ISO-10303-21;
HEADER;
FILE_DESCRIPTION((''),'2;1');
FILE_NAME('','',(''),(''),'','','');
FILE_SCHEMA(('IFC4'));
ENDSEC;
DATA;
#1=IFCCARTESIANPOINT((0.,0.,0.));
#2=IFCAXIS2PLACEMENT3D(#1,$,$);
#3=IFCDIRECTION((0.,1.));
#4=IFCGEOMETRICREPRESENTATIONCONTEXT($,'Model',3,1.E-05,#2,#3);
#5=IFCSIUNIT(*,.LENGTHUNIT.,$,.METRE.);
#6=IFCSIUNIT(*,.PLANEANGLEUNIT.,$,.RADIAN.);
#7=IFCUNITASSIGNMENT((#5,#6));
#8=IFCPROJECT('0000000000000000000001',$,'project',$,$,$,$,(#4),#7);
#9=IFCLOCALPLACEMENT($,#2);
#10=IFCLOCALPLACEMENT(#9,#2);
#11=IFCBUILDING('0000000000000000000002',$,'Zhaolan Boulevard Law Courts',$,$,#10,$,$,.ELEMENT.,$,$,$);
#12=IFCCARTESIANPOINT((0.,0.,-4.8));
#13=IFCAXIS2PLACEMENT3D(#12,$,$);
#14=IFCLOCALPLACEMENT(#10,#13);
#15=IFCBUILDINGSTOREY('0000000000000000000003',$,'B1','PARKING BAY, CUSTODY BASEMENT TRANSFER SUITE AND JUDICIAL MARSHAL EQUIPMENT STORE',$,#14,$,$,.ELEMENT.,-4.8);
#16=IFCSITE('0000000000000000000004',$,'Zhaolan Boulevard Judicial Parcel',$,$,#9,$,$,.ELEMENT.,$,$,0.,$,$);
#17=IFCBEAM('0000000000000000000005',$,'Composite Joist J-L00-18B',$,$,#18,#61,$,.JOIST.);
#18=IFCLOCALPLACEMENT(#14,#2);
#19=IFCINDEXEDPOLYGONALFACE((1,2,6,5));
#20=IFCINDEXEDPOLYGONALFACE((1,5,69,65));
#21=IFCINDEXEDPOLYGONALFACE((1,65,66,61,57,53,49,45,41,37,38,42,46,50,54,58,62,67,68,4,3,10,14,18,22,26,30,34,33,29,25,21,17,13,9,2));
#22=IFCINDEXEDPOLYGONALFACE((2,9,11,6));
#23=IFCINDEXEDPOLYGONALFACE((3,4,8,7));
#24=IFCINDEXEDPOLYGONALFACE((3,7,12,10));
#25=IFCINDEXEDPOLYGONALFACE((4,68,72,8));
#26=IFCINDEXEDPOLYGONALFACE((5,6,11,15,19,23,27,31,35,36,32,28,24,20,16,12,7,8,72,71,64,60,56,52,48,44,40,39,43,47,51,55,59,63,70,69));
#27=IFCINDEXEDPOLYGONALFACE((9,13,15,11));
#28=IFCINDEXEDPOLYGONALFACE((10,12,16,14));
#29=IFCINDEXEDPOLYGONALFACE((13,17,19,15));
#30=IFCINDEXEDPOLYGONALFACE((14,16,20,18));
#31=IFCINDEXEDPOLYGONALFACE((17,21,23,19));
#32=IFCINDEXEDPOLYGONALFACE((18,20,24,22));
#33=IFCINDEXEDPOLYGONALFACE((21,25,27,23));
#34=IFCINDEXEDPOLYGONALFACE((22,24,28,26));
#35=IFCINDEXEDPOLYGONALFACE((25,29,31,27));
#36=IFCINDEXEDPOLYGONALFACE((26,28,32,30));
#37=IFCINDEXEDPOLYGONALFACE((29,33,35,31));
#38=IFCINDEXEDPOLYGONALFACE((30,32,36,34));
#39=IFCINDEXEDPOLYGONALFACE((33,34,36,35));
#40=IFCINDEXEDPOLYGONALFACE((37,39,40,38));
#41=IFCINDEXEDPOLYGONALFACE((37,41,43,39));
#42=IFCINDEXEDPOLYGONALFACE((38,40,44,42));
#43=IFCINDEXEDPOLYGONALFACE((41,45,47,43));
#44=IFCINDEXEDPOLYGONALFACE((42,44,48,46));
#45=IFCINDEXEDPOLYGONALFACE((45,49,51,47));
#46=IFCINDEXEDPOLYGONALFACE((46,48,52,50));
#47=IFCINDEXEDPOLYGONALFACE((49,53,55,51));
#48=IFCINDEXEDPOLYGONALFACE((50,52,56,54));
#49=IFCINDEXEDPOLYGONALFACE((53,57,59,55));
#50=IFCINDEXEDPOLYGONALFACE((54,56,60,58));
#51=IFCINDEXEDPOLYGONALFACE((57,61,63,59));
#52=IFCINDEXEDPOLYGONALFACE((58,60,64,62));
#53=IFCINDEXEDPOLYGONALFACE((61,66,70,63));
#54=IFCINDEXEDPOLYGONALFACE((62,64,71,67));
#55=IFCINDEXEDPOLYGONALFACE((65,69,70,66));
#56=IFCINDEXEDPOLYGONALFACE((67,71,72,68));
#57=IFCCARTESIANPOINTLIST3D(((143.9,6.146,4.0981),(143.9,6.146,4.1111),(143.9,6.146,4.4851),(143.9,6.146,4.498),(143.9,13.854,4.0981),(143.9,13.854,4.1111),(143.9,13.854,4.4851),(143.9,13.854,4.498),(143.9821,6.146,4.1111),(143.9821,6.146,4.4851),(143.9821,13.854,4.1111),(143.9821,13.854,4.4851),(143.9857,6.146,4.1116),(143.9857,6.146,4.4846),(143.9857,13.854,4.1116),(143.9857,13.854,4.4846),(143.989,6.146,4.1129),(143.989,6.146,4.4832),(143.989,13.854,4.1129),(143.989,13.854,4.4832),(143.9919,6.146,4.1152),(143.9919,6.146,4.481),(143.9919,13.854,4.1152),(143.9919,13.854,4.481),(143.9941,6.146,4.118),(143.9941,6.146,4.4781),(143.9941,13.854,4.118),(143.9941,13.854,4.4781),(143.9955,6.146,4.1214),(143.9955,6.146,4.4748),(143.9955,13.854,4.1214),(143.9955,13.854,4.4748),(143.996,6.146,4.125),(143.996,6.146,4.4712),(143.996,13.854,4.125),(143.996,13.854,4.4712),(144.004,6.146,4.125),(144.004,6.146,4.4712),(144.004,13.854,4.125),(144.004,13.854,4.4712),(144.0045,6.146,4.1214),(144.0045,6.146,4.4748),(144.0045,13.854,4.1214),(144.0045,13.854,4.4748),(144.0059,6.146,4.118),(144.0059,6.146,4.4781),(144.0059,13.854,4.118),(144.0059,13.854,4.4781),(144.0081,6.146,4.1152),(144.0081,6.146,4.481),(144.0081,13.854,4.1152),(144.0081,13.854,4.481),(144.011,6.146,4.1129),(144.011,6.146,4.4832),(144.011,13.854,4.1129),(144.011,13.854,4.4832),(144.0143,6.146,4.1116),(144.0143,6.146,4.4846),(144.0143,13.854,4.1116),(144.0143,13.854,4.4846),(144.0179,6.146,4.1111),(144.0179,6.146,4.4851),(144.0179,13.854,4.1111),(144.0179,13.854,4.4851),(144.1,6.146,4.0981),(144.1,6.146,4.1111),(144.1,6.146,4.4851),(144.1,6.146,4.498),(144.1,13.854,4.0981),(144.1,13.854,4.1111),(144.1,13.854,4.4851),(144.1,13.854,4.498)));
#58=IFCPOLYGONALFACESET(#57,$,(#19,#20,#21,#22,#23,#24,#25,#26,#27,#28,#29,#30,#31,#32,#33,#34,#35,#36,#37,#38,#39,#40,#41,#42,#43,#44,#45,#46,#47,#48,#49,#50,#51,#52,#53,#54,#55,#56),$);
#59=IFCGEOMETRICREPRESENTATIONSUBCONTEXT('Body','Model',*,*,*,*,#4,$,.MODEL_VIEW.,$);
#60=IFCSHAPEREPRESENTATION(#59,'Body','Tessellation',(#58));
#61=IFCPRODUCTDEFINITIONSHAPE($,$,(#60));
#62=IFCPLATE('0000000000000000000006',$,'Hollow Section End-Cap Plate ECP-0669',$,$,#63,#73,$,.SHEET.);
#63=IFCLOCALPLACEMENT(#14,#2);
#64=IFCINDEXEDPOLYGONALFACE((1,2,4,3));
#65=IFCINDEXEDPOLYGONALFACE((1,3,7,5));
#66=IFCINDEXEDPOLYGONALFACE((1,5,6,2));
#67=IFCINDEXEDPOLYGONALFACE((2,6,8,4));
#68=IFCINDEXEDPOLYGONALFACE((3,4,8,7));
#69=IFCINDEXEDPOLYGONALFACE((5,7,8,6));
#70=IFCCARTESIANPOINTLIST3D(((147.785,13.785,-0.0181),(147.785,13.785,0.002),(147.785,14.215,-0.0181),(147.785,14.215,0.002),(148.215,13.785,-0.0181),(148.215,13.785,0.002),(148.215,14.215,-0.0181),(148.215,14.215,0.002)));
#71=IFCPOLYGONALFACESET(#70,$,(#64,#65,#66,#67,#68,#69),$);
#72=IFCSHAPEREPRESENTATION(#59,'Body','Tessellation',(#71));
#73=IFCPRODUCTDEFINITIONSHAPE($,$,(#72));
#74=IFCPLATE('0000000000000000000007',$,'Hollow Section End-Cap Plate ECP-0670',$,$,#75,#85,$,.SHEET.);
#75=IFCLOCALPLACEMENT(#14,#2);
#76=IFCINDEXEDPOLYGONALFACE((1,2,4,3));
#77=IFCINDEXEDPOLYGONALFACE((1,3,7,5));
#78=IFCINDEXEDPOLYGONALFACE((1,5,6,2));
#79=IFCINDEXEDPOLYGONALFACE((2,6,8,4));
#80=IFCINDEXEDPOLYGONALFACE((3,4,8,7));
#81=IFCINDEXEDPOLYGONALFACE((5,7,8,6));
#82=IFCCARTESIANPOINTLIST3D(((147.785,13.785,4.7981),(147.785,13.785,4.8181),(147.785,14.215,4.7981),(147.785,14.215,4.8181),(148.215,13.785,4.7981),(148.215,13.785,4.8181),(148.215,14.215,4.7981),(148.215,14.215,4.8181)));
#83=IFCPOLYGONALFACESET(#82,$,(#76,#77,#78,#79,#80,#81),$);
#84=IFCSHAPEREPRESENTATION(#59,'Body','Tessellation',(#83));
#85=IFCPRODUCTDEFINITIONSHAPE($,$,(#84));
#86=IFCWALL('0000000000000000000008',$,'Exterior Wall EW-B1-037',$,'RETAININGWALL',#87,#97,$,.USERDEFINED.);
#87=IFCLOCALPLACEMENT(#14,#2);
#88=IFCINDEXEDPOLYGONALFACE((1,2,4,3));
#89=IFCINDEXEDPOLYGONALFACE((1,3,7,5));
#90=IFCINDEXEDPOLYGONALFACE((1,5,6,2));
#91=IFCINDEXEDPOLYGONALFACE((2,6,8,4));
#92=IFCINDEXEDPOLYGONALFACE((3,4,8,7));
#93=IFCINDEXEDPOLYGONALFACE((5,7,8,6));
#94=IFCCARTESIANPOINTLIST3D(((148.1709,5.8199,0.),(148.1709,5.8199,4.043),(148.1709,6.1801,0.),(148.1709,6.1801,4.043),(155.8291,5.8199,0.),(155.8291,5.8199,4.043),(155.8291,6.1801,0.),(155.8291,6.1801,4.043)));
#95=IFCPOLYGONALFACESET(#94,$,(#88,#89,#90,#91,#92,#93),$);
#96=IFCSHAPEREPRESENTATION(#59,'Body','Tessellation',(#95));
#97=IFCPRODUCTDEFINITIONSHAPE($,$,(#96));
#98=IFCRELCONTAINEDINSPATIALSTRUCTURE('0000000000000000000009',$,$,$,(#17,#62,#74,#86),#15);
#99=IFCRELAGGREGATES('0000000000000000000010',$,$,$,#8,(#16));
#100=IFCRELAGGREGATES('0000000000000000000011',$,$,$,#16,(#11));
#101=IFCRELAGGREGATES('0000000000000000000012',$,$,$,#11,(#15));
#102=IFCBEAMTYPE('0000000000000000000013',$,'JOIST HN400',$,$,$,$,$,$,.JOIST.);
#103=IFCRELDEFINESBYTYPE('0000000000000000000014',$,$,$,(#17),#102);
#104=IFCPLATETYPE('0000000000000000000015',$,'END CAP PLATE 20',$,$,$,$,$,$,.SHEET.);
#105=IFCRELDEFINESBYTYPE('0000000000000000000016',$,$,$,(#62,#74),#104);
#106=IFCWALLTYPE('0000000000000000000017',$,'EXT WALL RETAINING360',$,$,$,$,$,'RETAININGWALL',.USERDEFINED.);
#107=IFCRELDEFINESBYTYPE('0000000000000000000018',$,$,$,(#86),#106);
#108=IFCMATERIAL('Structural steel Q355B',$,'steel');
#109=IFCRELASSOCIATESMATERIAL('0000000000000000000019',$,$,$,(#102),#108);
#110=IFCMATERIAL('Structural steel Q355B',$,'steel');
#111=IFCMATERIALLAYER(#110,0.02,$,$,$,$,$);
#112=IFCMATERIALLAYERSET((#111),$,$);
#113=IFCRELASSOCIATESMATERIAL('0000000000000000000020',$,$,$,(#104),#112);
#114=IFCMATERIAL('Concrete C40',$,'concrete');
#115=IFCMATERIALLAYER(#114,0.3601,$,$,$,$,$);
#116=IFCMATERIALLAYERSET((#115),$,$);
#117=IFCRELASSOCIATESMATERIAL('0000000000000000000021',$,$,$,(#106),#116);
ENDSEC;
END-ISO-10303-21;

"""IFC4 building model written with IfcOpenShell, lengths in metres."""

from ifc_helpers import new_model, si_unit, direction, frame, frame_2d, origin, origin_2d, place, context, subcontext, project, spatial, rectangle, i_section, extrude, material, layer, layer_set, material_profile, profile_set, type_object, element, save


model = new_model("IFC4")

# Units and contexts
model_context = context("Model", 3, precision=1e-05, world=origin(), true_north=direction((0.0, 1.0)))
body_context = subcontext(model_context, "Body", "Model", "MODEL_VIEW")
ifc_project = project(units=[si_unit("LENGTHUNIT", "METRE"), si_unit("PLANEANGLEUNIT", "RADIAN")], contexts=[model_context])

# Site, building, storey
site_placement = place(None, origin())
site = spatial("IfcSite", under=ifc_project, at=site_placement, Name="Zhaolan Boulevard Judicial Parcel", CompositionType="ELEMENT", RefElevation=0.0)
building_placement = place(site_placement, origin())
building = spatial("IfcBuilding", under=site, at=building_placement, Name="Zhaolan Boulevard Law Courts", CompositionType="ELEMENT")
storey_placement = place(building_placement, frame((0.0, 0.0, -4.8)))
storey = spatial("IfcBuildingStorey", under=building, at=storey_placement, Name="B1", Description="PARKING BAY, CUSTODY BASEMENT TRANSFER SUITE AND JUDICIAL MARSHAL EQUIPMENT STORE", CompositionType="ELEMENT", Elevation=-4.8)

# Beam
ifc_material_1 = material(Name="Structural steel Q355B", Category="steel")
ifc_material_profile_1 = material_profile(ifc_material_1, i_section(OverallWidth=0.2, OverallDepth=0.3999, WebThickness=0.0081, FlangeThickness=0.0129, FilletRadius=0.0139, at=origin_2d()), Name="HN400x200")
ifc_profile_set_1 = profile_set([ifc_material_profile_1], Name="Structural steel Q355B")
beam_type_1 = type_object("IfcBeamType", Name="JOIST HN400", PredefinedType="JOIST", material=ifc_profile_set_1)
beam_1_placement = place(storey_placement, frame((144.0, 6.146, 4.2981), z_axis=(0.0, 1.0, 0.0), x_axis=(-1.0, 0.0, 0.0)))
element("IfcBeam", 1, at=beam_1_placement, inside=storey, type_object=beam_type_1, Name="Composite Joist J-L00-18B", PredefinedType="JOIST", context=body_context, shape_type="SweptSolid", body=[
    extrude(i_section(OverallWidth=0.2, OverallDepth=0.3999, WebThickness=0.0081, FlangeThickness=0.0129, FilletRadius=0.0139, at=origin_2d()), origin(), (0.0, 0.0, 1.0), 7.708),
])

# Plates
ifc_material_2 = material(Name="Structural steel Q355B", Category="steel")
ifc_layer_1 = layer(ifc_material_2, 0.02)
ifc_layer_set_1 = layer_set([ifc_layer_1])
plate_type = type_object("IfcPlateType", Name="END CAP PLATE 20", PredefinedType="SHEET", material=ifc_layer_set_1)
for number, where, z_axis, x_axis, name in (
    (2, (148.0, 14.0, -0.0181), (0.0, 0.0, 1.0), (1.0, 0.0, 0.0), "Hollow Section End-Cap Plate ECP-0669"),
    (3, (148.0, 14.0, 4.7981), (0.0, 0.0, 1.0), (1.0, 0.0, 0.0), "Hollow Section End-Cap Plate ECP-0670"),
):
    element("IfcPlate", number, at=place(storey_placement, frame(where, z_axis=z_axis, x_axis=x_axis)), inside=storey, type_object=plate_type, Name=name, PredefinedType="SHEET", context=body_context, shape_type="SweptSolid", body=[
        extrude(rectangle(XDim=0.4299, YDim=0.4299, at=origin_2d()), origin(), (0.0, 0.0, 1.0), 0.02),
    ])

# Wall
ifc_material_3 = material(Name="Concrete C40", Category="concrete")
ifc_layer_2 = layer(ifc_material_3, 0.3601)
ifc_layer_set_2 = layer_set([ifc_layer_2])
wall_type = type_object("IfcWallType", Name="EXT WALL RETAINING360", ElementType="RETAININGWALL", PredefinedType="USERDEFINED", material=ifc_layer_set_2)
wall_placement = place(storey_placement, frame((148.1709, 6.0, 0.0), z_axis=(0.0, 0.0, 1.0), x_axis=(1.0, 0.0, 0.0)))
element("IfcWall", 4, at=wall_placement, inside=storey, type_object=wall_type, Name="Exterior Wall EW-B1-037", ObjectType="RETAININGWALL", PredefinedType="USERDEFINED", context=body_context, shape_type="SweptSolid", body=[
    extrude(rectangle(XDim=7.6582, YDim=0.3601, at=frame_2d((3.8291, 0.0))), origin(), (0.0, 0.0, 1.0), 4.043),
])

save(model, "model.ifc")
